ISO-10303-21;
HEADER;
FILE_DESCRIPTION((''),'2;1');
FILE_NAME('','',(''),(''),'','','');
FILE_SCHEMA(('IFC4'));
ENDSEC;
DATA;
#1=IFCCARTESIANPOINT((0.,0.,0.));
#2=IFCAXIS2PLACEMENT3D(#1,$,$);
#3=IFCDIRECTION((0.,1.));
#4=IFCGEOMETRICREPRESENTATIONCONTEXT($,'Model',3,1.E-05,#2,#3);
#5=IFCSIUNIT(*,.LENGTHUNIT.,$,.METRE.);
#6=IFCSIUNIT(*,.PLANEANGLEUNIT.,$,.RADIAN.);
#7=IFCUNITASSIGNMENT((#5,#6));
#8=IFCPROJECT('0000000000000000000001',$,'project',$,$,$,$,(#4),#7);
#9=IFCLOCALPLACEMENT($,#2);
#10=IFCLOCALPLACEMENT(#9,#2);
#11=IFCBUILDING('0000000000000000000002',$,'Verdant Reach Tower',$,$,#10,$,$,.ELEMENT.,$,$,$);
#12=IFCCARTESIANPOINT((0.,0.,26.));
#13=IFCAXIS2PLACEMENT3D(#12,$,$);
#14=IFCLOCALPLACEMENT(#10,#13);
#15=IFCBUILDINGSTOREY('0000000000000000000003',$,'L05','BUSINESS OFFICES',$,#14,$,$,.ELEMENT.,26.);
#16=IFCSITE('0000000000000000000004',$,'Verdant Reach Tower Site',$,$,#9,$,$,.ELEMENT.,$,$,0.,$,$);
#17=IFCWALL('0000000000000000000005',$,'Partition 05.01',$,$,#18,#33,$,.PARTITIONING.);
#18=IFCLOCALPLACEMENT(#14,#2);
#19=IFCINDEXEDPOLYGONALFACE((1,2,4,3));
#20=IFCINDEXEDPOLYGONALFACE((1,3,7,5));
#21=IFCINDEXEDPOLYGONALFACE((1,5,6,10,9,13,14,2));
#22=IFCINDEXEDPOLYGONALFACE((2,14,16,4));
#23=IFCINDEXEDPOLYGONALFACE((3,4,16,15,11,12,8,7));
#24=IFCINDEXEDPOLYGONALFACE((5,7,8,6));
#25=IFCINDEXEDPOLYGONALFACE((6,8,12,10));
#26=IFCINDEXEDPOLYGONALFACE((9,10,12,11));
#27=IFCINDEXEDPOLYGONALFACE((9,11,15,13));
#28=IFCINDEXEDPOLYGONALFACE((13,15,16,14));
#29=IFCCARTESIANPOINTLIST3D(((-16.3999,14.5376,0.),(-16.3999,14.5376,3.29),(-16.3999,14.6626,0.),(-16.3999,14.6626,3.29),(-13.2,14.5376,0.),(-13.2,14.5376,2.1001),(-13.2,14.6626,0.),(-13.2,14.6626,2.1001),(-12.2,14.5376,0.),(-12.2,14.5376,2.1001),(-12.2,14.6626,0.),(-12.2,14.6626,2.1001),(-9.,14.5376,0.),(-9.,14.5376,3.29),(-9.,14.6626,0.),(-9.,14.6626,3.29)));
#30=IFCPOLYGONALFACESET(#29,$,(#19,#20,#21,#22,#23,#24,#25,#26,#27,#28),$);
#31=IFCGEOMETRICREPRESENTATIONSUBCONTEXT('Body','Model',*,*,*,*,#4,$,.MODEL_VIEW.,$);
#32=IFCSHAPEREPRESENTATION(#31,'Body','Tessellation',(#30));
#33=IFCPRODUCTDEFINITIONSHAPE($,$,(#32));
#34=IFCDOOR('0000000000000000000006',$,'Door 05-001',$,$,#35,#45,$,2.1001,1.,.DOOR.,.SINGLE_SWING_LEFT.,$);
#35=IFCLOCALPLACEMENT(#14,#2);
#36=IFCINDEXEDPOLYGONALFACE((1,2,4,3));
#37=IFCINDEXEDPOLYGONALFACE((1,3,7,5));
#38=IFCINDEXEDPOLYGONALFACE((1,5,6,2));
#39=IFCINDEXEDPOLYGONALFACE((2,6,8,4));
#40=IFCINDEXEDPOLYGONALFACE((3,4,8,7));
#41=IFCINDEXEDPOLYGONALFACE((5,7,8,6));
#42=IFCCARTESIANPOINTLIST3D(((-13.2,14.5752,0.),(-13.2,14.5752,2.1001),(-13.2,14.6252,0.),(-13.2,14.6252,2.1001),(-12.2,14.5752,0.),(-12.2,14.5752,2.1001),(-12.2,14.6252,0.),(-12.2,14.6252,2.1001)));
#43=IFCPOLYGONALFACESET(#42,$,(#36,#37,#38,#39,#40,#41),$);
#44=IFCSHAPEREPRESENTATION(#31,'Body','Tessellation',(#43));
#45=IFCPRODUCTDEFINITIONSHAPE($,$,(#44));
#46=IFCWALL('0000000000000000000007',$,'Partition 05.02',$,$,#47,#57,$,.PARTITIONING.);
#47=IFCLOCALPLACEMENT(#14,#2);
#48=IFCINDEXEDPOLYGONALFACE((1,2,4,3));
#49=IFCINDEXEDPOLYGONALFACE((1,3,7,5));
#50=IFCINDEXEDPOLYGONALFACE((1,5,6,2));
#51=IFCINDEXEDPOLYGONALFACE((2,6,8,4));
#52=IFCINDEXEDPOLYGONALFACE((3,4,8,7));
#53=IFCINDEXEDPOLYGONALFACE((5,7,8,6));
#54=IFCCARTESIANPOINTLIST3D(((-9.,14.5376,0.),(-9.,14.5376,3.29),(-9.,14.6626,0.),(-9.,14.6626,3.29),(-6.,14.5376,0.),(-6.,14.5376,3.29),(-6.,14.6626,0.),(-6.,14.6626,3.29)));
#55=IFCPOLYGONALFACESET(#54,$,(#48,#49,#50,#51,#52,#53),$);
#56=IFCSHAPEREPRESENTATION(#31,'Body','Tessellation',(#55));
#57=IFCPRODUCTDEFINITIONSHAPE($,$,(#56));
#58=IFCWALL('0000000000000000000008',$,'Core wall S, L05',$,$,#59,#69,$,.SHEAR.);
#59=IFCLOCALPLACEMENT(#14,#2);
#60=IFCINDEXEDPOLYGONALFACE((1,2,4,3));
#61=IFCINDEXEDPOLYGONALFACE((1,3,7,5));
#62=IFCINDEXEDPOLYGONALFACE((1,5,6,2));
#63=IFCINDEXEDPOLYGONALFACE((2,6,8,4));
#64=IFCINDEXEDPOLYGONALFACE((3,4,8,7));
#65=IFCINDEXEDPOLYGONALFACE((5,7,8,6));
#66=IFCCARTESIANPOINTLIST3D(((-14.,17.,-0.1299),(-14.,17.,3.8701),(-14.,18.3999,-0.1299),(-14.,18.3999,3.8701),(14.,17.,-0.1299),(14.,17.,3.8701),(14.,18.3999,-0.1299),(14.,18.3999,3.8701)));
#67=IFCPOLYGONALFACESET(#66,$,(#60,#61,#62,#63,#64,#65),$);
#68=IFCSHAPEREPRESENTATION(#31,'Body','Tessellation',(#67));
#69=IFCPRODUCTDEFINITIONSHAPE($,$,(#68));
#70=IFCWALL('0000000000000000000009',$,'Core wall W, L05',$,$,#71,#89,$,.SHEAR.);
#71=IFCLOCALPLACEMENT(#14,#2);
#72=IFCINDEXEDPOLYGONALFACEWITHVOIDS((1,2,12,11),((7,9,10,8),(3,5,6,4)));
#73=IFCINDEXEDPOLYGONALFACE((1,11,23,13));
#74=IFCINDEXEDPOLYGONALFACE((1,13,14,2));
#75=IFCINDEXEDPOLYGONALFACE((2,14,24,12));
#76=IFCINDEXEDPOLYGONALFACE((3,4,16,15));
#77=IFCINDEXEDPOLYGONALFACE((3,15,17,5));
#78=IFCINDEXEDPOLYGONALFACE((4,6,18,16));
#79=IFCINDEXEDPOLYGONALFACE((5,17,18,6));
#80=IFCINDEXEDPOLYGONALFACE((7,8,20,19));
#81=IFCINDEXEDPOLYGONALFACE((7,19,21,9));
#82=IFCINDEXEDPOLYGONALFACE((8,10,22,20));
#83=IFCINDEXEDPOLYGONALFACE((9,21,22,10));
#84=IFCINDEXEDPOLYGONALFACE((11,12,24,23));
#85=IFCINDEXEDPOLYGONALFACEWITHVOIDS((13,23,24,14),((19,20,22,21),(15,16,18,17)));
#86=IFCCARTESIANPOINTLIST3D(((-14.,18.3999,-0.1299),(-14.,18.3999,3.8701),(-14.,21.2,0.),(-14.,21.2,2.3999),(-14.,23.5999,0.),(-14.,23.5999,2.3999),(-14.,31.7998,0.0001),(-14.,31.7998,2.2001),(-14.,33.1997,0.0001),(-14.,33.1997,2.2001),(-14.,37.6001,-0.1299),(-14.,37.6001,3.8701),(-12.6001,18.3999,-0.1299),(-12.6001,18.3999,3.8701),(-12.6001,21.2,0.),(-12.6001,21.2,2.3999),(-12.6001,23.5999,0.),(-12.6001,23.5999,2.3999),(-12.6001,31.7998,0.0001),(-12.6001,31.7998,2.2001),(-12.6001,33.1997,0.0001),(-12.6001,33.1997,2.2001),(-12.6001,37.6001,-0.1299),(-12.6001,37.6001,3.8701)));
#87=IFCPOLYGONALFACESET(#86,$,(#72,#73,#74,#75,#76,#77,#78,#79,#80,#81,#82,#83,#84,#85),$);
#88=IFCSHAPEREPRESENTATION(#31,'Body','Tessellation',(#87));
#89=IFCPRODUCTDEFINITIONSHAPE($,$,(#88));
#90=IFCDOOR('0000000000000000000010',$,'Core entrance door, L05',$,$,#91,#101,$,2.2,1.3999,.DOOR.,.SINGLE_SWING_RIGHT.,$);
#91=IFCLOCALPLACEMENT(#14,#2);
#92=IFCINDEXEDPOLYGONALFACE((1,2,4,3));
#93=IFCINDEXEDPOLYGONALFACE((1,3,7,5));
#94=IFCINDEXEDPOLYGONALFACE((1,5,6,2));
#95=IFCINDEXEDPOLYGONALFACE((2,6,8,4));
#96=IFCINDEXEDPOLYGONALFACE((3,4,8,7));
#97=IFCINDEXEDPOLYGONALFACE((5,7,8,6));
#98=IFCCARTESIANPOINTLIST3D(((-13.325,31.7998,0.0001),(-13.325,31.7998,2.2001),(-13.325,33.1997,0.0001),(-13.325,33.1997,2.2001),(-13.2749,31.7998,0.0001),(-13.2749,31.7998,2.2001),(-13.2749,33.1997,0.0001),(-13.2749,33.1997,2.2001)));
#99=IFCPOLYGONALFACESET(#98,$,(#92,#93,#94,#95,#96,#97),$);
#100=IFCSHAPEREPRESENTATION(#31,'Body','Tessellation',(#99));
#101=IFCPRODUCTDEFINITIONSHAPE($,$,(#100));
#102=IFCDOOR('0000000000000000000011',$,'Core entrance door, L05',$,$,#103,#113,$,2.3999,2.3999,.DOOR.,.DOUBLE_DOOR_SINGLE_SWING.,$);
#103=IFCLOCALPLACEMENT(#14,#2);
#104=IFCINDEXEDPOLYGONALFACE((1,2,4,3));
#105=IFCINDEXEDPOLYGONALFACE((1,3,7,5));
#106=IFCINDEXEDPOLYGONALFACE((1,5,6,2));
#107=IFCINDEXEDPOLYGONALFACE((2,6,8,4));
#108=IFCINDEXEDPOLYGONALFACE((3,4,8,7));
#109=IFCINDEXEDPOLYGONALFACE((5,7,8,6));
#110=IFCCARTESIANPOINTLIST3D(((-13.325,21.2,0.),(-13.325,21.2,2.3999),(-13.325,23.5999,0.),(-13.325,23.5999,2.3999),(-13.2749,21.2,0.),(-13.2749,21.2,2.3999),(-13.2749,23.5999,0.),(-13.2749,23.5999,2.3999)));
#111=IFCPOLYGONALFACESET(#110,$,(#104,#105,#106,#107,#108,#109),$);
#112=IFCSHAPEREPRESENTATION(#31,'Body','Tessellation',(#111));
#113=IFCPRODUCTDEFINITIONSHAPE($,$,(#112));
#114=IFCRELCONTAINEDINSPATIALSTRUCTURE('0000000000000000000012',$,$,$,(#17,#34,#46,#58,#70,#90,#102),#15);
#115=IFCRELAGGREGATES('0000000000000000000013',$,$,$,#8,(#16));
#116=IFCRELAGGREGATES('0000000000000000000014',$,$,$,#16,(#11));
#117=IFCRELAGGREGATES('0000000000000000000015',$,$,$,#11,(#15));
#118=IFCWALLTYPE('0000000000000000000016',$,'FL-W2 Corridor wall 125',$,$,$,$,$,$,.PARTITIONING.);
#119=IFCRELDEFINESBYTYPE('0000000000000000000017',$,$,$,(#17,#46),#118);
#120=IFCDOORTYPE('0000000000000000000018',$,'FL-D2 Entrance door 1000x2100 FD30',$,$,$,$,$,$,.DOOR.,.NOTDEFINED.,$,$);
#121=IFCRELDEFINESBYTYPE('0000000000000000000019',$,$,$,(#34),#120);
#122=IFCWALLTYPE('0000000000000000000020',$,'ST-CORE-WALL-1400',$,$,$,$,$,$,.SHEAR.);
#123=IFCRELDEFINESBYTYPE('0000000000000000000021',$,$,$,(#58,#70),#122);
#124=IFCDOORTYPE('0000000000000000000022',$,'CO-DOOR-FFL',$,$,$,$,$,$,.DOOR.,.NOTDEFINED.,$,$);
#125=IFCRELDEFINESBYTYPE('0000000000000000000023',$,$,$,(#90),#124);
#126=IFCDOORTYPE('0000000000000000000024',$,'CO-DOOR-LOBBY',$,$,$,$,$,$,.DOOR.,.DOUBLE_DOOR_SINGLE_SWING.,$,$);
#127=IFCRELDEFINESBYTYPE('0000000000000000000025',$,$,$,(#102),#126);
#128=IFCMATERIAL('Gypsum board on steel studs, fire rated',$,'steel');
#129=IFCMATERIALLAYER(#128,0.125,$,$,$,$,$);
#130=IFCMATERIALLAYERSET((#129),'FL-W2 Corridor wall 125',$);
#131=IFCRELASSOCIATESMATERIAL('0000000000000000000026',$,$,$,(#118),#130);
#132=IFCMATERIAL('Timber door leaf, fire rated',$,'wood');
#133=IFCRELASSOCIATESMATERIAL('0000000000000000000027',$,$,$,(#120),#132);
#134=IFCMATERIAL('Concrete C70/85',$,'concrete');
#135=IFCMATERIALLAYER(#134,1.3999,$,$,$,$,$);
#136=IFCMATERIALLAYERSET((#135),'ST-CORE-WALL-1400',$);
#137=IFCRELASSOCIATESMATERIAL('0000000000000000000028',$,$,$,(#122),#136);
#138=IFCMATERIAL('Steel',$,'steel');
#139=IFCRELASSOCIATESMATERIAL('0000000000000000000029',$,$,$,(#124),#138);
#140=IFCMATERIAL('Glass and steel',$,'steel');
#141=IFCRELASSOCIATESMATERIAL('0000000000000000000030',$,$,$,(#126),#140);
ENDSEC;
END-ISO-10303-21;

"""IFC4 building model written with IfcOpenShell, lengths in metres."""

from ifc_helpers import new_model, si_unit, direction, frame, frame_2d, origin, place, context, subcontext, project, spatial, rectangle, extrude, material, layer, layer_set, type_object, element, fill, save


model = new_model("IFC4")

# Units and contexts
model_context = context("Model", 3, precision=1e-05, world=origin(), true_north=direction((0.0, 1.0)))
body_context = subcontext(model_context, "Body", "Model", "MODEL_VIEW")
ifc_project = project(units=[si_unit("LENGTHUNIT", "METRE"), si_unit("PLANEANGLEUNIT", "RADIAN")], contexts=[model_context])

# Site, building, storey
site_placement = place(None, origin())
site = spatial("IfcSite", under=ifc_project, at=site_placement, Name="Verdant Reach Tower Site", CompositionType="ELEMENT", RefElevation=0.0)
building_placement = place(site_placement, origin())
building = spatial("IfcBuilding", under=site, at=building_placement, Name="Verdant Reach Tower", CompositionType="ELEMENT")
storey_placement = place(building_placement, frame((0.0, 0.0, 26.0)))
storey = spatial("IfcBuildingStorey", under=building, at=storey_placement, Name="L05", Description="BUSINESS OFFICES", CompositionType="ELEMENT", Elevation=26.0)

# Wall, opening, door
ifc_material_1 = material(Name="Gypsum board on steel studs, fire rated", Category="steel")
ifc_layer_1 = layer(ifc_material_1, 0.125)
ifc_layer_set_1 = layer_set([ifc_layer_1], Name="FL-W2 Corridor wall 125")
wall_type_1 = type_object("IfcWallType", Name="FL-W2 Corridor wall 125", PredefinedType="PARTITIONING", material=ifc_layer_set_1)
wall_1_placement = place(storey_placement, frame((-9.0, 14.6001, 0.0), z_axis=(0.0, 0.0, 1.0), x_axis=(-1.0, 0.0, 0.0)))
wall_1 = element("IfcWall", 1, at=wall_1_placement, inside=storey, type_object=wall_type_1, Name="Partition 05.01", PredefinedType="PARTITIONING", context=body_context, shape_type="SweptSolid", body=[
    extrude(rectangle(XDim=7.3999, YDim=0.125, at=frame_2d((3.7, 0.0))), origin(), (0.0, 0.0, 1.0), 3.29),
])
opening_1_placement = place(wall_1_placement, frame((3.2, 0.0, 0.0)))
opening_1 = element("IfcOpeningElement", 2, at=opening_1_placement, cuts=wall_1, PredefinedType="OPENING", context=body_context, shape_type="SweptSolid", body=[
    extrude(rectangle(XDim=1.0, YDim=2.1001, at=frame_2d((0.5, 1.05))), frame((0.0, 0.0725, 0.0), z_axis=(0.0, -1.0, 0.0), x_axis=(1.0, 0.0, 0.0)), (0.0, 0.0, 1.0), 0.145),
])
ifc_material_2 = material(Name="Timber door leaf, fire rated", Category="wood")
door_type_1 = type_object("IfcDoorType", Name="FL-D2 Entrance door 1000x2100 FD30", OperationType="NOTDEFINED", PredefinedType="DOOR", material=ifc_material_2)
door_1_placement = place(opening_1_placement, origin())
door_1 = element("IfcDoor", 3, at=door_1_placement, inside=storey, type_object=door_type_1, Name="Door 05-001", OperationType="SINGLE_SWING_LEFT", OverallHeight=2.1001, OverallWidth=1.0, PredefinedType="DOOR", context=body_context, shape_type="SweptSolid", body=[
    extrude(rectangle(XDim=1.0, YDim=2.1001, at=frame_2d((0.5, 1.05))), frame((0.0, 0.0249, 0.0), z_axis=(0.0, -1.0, 0.0), x_axis=(1.0, 0.0, 0.0)), (0.0, 0.0, 1.0), 0.05),
])
fill(opening_1, door_1)

# Walls
wall_2_placement = place(storey_placement, frame((-9.0, 14.6001, 0.0), z_axis=(0.0, 0.0, 1.0), x_axis=(1.0, 0.0, 0.0)))
element("IfcWall", 4, at=wall_2_placement, inside=storey, type_object=wall_type_1, Name="Partition 05.02", PredefinedType="PARTITIONING", context=body_context, shape_type="SweptSolid", body=[
    extrude(rectangle(XDim=3.0, YDim=0.125, at=frame_2d((1.5, 0.0))), origin(), (0.0, 0.0, 1.0), 3.29),
])
ifc_material_3 = material(Name="Concrete C70/85", Category="concrete")
ifc_layer_2 = layer(ifc_material_3, 1.3999)
ifc_layer_set_2 = layer_set([ifc_layer_2], Name="ST-CORE-WALL-1400")
wall_type_2 = type_object("IfcWallType", Name="ST-CORE-WALL-1400", PredefinedType="SHEAR", material=ifc_layer_set_2)
wall_3_placement = place(storey_placement, frame((-14.0, 17.7, -0.1299), z_axis=(0.0, 0.0, 1.0), x_axis=(1.0, 0.0, 0.0)))
element("IfcWall", 5, at=wall_3_placement, inside=storey, type_object=wall_type_2, Name="Core wall S, L05", PredefinedType="SHEAR", context=body_context, shape_type="SweptSolid", body=[
    extrude(rectangle(XDim=28.0, YDim=1.3999, at=frame_2d((14.0, 0.0))), origin(), (0.0, 0.0, 1.0), 4.0),
])

# Wall, openings, doors
wall_4_placement = place(storey_placement, frame((-13.3, 18.3999, -0.1299), z_axis=(0.0, 0.0, 1.0), x_axis=(0.0, 1.0, 0.0)))
wall_4 = element("IfcWall", 6, at=wall_4_placement, inside=storey, type_object=wall_type_2, Name="Core wall W, L05", PredefinedType="SHEAR", context=body_context, shape_type="SweptSolid", body=[
    extrude(rectangle(XDim=19.2002, YDim=1.3999, at=frame_2d((9.6001, 0.0))), origin(), (0.0, 0.0, 1.0), 4.0),
])
opening_2_placement = place(wall_4_placement, frame((2.8, 0.0, 0.1299)))
opening_2 = element("IfcOpeningElement", 7, at=opening_2_placement, cuts=wall_4, PredefinedType="OPENING", context=body_context, shape_type="SweptSolid", body=[
    extrude(rectangle(XDim=2.3999, YDim=2.3999, at=frame_2d((1.2, 1.2))), frame((0.0, 0.71, 0.0), z_axis=(0.0, -1.0, 0.0), x_axis=(1.0, 0.0, 0.0)), (0.0, 0.0, 1.0), 1.4199),
])
opening_3_placement = place(wall_4_placement, frame((13.3999, 0.0, 0.1299)))
opening_3 = element("IfcOpeningElement", 8, at=opening_3_placement, cuts=wall_4, PredefinedType="OPENING", context=body_context, shape_type="SweptSolid", body=[
    extrude(rectangle(XDim=1.3999, YDim=2.2, at=frame_2d((0.7, 1.1001))), frame((0.0, 0.71, 0.0), z_axis=(0.0, -1.0, 0.0), x_axis=(1.0, 0.0, 0.0)), (0.0, 0.0, 1.0), 1.4199),
])
ifc_material_4 = material(Name="Steel", Category="steel")
door_type_2 = type_object("IfcDoorType", Name="CO-DOOR-FFL", OperationType="NOTDEFINED", PredefinedType="DOOR", material=ifc_material_4)
door_2_placement = place(opening_3_placement, origin())
door_2 = element("IfcDoor", 9, at=door_2_placement, inside=storey, type_object=door_type_2, Name="Core entrance door, L05", OperationType="SINGLE_SWING_RIGHT", OverallHeight=2.2, OverallWidth=1.3999, PredefinedType="DOOR", context=body_context, shape_type="SweptSolid", body=[
    extrude(rectangle(XDim=1.3999, YDim=2.2, at=frame_2d((0.7, 1.1001))), frame((0.0, 0.0249, 0.0), z_axis=(0.0, -1.0, 0.0), x_axis=(1.0, 0.0, 0.0)), (0.0, 0.0, 1.0), 0.05),
])
fill(opening_3, door_2)
ifc_material_5 = material(Name="Glass and steel", Category="steel")
door_type_3 = type_object("IfcDoorType", Name="CO-DOOR-LOBBY", OperationType="DOUBLE_DOOR_SINGLE_SWING", PredefinedType="DOOR", material=ifc_material_5)
door_3_placement = place(opening_2_placement, origin())
door_3 = element("IfcDoor", 10, at=door_3_placement, inside=storey, type_object=door_type_3, Name="Core entrance door, L05", OperationType="DOUBLE_DOOR_SINGLE_SWING", OverallHeight=2.3999, OverallWidth=2.3999, PredefinedType="DOOR", context=body_context, shape_type="SweptSolid", body=[
    extrude(rectangle(XDim=2.3999, YDim=2.3999, at=frame_2d((1.2, 1.2))), frame((0.0, 0.0249, 0.0), z_axis=(0.0, -1.0, 0.0), x_axis=(1.0, 0.0, 0.0)), (0.0, 0.0, 1.0), 0.05),
])
fill(opening_2, door_3)

save(model, "model.ifc")
